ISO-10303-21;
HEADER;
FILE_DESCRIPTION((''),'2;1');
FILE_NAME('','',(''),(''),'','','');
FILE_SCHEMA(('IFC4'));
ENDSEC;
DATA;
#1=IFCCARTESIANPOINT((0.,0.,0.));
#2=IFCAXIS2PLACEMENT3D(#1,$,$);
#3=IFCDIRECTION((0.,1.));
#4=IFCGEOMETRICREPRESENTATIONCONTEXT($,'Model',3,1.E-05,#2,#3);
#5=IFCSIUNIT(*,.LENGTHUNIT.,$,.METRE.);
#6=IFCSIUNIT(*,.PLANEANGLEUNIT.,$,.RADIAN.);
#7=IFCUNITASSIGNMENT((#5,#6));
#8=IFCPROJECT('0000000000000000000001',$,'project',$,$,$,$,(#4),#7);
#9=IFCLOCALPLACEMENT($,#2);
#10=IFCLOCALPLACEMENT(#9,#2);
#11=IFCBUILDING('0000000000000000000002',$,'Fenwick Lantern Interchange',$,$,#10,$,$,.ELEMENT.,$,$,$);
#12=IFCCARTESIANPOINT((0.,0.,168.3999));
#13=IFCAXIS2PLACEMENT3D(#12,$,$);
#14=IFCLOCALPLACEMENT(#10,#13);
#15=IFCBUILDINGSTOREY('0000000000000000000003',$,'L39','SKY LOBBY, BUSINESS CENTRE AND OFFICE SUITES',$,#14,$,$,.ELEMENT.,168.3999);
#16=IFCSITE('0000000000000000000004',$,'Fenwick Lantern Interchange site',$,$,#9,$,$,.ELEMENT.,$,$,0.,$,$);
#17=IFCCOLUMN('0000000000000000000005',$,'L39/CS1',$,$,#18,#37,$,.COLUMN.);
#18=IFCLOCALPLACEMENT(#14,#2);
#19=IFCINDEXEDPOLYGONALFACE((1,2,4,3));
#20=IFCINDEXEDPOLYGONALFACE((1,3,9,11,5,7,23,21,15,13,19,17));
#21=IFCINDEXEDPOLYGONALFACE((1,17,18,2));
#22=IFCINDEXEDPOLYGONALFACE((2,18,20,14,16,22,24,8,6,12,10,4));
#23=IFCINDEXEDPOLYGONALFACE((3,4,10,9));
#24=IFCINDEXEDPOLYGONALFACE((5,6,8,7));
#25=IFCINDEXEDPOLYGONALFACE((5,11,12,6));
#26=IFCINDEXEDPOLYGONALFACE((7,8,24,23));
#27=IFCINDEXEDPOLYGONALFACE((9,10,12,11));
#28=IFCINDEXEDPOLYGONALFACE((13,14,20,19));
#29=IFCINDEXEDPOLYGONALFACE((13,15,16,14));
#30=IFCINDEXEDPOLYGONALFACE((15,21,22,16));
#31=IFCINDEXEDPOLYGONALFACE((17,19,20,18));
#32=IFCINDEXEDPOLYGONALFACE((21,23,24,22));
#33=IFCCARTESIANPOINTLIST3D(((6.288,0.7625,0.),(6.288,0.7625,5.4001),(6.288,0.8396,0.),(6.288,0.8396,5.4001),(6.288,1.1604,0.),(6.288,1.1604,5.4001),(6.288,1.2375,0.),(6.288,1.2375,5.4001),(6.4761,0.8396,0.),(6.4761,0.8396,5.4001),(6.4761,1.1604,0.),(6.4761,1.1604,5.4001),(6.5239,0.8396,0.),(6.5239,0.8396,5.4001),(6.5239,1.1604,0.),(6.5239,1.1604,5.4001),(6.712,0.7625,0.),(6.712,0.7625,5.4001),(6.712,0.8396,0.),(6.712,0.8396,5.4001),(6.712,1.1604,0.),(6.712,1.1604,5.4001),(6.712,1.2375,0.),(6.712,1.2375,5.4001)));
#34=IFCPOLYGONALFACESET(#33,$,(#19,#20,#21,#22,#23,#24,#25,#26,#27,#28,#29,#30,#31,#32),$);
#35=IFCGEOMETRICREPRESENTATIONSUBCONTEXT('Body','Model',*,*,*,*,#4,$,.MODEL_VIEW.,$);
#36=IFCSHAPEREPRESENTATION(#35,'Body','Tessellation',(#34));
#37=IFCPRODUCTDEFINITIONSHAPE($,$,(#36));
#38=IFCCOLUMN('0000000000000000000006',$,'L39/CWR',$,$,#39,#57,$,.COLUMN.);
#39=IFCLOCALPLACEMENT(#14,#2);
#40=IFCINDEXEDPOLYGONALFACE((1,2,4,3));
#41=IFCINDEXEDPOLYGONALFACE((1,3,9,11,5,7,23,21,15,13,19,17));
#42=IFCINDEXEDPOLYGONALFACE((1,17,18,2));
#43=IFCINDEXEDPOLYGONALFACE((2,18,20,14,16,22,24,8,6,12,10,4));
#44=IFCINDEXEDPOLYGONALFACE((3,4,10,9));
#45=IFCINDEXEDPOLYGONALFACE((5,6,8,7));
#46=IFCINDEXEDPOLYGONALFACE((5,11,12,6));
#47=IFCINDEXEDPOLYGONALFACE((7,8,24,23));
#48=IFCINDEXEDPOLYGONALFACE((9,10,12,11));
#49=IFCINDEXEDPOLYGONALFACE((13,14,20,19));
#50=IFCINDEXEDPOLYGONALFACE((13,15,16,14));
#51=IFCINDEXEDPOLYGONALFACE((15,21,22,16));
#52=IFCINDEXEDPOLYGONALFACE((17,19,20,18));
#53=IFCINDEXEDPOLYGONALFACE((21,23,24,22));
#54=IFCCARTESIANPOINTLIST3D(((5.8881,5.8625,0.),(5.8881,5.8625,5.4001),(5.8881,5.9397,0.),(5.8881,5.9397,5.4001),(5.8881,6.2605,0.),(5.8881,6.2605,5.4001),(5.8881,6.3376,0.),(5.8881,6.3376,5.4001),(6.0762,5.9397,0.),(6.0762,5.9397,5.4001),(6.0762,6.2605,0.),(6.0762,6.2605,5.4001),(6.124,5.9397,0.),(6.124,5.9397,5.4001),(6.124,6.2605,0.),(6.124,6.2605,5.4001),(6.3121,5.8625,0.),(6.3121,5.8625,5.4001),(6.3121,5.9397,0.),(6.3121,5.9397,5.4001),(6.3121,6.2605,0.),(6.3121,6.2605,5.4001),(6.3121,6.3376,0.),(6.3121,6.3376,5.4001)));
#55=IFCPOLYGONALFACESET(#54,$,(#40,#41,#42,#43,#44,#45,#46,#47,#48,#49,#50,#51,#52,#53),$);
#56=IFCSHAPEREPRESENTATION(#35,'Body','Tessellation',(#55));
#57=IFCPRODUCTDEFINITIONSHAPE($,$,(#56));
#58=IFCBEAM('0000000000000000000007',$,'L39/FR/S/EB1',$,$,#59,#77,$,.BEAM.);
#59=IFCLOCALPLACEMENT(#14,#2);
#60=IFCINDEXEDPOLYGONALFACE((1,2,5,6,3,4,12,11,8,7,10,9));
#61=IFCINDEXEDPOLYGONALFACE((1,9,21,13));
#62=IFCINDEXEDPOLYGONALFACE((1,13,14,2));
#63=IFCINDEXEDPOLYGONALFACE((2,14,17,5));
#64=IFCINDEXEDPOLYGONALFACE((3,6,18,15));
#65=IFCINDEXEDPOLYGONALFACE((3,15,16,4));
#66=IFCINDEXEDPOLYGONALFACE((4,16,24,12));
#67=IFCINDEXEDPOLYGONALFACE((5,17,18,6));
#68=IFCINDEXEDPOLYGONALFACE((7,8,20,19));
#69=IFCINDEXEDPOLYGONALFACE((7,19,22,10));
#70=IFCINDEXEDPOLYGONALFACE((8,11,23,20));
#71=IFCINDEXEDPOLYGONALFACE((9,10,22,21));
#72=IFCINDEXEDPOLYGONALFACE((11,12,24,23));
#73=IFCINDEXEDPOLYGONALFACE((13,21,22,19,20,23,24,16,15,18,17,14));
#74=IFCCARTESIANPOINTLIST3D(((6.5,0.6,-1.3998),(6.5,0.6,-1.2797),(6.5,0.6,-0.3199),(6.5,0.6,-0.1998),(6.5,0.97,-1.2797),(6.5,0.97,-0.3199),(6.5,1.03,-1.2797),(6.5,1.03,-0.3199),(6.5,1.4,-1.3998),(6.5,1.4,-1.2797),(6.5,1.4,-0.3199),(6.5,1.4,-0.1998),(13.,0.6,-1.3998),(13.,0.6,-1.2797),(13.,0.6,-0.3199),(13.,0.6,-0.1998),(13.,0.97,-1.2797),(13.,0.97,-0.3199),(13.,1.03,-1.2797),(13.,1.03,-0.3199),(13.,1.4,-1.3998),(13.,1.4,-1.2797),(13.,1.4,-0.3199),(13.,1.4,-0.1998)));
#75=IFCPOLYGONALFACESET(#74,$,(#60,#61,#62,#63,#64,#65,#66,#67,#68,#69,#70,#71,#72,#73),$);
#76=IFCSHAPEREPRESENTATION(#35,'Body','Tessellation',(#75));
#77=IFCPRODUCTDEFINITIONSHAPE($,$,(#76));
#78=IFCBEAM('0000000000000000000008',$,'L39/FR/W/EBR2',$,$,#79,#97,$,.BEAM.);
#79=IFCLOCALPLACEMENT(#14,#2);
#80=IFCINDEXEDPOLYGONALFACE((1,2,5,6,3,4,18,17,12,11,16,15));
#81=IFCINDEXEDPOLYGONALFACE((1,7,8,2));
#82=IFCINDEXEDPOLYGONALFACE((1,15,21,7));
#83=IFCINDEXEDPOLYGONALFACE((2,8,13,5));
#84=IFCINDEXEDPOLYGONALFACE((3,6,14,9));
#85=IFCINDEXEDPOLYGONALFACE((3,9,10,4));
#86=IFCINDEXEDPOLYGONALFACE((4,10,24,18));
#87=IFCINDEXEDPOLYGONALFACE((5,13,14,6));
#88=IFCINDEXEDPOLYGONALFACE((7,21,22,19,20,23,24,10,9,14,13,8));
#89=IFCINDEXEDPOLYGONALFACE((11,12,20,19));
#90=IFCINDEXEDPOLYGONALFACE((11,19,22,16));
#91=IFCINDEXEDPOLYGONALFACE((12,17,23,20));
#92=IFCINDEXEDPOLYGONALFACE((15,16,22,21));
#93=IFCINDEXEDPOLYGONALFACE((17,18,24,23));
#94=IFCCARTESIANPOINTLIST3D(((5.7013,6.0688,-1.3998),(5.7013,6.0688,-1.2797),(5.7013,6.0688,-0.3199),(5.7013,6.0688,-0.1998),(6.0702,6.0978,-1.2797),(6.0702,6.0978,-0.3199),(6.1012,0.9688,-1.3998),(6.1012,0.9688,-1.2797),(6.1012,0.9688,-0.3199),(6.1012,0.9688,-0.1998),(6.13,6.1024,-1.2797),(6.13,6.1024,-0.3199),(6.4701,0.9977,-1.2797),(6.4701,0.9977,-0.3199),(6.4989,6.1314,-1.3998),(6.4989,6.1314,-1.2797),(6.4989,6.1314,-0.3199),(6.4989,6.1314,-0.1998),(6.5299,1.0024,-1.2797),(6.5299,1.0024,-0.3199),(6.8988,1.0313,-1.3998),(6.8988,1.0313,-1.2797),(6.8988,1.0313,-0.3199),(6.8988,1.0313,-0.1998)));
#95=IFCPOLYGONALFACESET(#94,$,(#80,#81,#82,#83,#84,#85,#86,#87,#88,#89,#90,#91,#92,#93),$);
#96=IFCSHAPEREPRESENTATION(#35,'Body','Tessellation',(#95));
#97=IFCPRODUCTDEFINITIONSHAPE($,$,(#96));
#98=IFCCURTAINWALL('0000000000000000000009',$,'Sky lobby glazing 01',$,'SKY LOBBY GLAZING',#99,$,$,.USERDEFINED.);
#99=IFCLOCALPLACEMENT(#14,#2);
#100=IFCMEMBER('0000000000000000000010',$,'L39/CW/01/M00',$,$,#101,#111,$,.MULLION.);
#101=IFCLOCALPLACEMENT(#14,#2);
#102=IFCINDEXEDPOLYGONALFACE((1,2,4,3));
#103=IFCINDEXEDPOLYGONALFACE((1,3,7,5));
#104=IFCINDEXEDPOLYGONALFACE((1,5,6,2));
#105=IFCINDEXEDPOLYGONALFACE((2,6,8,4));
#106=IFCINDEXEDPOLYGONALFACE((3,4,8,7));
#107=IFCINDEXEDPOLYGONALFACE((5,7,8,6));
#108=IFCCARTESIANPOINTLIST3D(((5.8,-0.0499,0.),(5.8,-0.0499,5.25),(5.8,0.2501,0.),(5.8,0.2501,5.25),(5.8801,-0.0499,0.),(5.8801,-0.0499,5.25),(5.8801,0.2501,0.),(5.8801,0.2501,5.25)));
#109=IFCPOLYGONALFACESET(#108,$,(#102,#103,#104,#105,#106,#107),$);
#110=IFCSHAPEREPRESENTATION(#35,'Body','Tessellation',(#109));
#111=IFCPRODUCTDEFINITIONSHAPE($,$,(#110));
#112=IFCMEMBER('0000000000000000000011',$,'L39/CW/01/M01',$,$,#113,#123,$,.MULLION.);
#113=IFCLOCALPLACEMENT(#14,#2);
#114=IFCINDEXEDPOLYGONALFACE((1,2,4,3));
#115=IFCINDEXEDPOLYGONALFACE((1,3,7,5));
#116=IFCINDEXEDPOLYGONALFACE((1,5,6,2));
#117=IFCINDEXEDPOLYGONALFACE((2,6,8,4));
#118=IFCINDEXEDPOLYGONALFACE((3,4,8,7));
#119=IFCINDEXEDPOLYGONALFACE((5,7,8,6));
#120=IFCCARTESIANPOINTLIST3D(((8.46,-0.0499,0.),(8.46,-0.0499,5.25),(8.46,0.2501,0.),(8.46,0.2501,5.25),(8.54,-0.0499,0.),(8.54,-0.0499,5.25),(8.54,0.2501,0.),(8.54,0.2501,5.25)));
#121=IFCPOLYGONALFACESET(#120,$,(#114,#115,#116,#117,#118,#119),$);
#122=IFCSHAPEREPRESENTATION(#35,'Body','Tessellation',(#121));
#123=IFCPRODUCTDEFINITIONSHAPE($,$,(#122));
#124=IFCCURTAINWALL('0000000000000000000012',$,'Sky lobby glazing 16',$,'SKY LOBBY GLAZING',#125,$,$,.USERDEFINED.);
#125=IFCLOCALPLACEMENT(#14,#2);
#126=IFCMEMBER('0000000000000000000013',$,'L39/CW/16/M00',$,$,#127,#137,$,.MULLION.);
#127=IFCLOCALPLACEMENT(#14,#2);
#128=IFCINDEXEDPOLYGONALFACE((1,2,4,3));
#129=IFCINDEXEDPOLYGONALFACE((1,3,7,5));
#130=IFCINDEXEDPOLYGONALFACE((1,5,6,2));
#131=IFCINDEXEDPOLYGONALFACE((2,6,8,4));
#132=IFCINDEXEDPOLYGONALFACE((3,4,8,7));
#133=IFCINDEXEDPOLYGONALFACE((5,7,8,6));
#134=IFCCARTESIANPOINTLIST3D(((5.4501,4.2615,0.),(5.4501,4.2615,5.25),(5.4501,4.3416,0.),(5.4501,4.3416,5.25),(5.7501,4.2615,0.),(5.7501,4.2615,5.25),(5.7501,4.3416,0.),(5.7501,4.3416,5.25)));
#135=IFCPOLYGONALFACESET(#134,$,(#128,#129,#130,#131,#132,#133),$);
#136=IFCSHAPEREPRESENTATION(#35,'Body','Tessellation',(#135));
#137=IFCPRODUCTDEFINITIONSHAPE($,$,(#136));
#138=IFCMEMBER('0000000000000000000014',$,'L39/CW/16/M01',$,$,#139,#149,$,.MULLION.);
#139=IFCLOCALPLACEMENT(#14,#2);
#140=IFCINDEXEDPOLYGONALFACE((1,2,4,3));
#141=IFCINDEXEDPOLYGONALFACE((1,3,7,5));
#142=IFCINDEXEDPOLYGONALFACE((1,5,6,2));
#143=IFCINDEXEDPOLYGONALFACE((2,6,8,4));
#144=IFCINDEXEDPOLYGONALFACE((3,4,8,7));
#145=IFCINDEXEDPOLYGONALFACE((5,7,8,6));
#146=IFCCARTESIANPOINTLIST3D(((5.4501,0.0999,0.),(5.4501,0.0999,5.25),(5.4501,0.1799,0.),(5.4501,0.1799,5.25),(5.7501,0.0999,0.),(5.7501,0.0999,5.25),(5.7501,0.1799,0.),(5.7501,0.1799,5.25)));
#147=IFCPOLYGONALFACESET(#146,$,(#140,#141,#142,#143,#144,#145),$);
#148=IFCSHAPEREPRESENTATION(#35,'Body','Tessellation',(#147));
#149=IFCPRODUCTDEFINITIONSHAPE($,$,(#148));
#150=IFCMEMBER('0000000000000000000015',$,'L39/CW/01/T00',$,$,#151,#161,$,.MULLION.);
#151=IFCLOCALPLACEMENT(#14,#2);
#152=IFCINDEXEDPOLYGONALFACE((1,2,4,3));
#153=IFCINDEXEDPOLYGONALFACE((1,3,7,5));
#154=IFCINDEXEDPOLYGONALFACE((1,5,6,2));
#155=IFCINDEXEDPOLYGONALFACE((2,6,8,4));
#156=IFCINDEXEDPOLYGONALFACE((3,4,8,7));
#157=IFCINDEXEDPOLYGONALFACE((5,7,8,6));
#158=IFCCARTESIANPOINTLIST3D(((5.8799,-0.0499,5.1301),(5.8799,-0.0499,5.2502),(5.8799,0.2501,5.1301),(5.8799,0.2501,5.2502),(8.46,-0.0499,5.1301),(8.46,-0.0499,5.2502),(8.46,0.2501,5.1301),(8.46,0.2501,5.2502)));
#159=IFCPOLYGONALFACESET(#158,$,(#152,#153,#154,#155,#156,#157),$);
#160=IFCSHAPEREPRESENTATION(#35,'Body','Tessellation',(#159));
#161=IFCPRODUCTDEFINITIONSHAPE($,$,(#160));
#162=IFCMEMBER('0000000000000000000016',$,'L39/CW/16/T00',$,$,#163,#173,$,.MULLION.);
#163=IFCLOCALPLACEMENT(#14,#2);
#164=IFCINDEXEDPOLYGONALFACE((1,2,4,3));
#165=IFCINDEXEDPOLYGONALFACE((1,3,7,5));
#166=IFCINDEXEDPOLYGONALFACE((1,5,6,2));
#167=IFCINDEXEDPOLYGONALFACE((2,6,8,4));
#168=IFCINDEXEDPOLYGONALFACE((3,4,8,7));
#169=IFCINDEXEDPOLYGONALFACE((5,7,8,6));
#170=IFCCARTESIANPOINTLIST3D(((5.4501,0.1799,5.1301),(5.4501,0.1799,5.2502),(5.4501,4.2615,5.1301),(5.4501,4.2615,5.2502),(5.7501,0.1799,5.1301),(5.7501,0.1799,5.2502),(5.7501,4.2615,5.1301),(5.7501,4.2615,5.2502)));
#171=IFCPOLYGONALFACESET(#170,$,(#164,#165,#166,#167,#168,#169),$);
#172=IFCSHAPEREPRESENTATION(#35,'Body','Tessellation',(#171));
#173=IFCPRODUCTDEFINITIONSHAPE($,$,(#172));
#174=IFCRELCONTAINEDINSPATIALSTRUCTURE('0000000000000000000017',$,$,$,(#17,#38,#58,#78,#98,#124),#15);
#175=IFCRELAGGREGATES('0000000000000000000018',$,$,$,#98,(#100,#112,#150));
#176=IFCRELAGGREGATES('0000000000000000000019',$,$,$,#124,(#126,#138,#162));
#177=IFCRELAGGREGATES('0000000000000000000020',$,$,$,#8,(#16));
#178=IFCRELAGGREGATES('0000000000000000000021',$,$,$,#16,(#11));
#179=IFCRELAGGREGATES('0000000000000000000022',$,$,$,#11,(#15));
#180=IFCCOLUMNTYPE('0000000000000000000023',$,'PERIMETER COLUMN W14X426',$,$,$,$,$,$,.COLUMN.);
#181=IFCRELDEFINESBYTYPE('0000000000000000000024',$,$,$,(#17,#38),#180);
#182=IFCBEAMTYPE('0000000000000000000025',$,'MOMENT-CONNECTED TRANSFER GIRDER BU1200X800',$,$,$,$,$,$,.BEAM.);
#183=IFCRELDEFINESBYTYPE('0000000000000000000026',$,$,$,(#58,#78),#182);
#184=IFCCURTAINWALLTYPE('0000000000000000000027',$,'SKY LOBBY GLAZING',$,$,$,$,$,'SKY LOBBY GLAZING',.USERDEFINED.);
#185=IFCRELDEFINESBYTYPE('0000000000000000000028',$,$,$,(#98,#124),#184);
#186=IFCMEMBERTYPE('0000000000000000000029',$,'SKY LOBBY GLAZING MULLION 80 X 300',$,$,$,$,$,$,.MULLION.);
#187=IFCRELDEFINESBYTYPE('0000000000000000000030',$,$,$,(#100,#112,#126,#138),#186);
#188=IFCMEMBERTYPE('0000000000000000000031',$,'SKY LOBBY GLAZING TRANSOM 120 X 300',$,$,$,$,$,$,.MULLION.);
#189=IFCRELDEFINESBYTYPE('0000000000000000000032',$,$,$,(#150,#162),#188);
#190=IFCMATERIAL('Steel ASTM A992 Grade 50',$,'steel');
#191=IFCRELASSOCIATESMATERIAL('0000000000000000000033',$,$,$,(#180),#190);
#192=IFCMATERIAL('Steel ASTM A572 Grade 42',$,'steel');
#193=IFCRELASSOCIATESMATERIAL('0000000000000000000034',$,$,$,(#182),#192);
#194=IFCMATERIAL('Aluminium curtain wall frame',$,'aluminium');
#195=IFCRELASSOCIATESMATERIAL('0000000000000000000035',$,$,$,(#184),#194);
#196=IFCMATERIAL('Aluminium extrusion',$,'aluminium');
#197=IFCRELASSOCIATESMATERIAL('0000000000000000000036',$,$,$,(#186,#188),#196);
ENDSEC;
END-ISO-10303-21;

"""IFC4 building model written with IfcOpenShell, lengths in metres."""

from ifc_helpers import new_model, si_unit, direction, frame, origin, origin_2d, place, context, subcontext, project, spatial, rectangle, i_section, extrude, material, material_profile, profile_set, type_object, element, aggregate, save


model = new_model("IFC4")

# Units and contexts
model_context = context("Model", 3, precision=1e-05, world=origin(), true_north=direction((0.0, 1.0)))
body_context = subcontext(model_context, "Body", "Model", "MODEL_VIEW")
ifc_project = project(units=[si_unit("LENGTHUNIT", "METRE"), si_unit("PLANEANGLEUNIT", "RADIAN")], contexts=[model_context])

# Site, building, storey
site_placement = place(None, origin())
site = spatial("IfcSite", under=ifc_project, at=site_placement, Name="Fenwick Lantern Interchange site", CompositionType="ELEMENT", RefElevation=0.0)
building_placement = place(site_placement, origin())
building = spatial("IfcBuilding", under=site, at=building_placement, Name="Fenwick Lantern Interchange", CompositionType="ELEMENT")
storey_placement = place(building_placement, frame((0.0, 0.0, 168.3999)))
storey = spatial("IfcBuildingStorey", under=building, at=storey_placement, Name="L39", Description="SKY LOBBY, BUSINESS CENTRE AND OFFICE SUITES", CompositionType="ELEMENT", Elevation=168.3999)

# Columns
ifc_material_1 = material(Name="Steel ASTM A992 Grade 50", Category="steel")
ifc_material_profile_1 = material_profile(ifc_material_1, i_section(OverallWidth=0.4241, OverallDepth=0.4751, WebThickness=0.0479, FlangeThickness=0.0771, at=origin_2d()), Name="W14X426")
ifc_profile_set_1 = profile_set([ifc_material_profile_1], Name="Steel ASTM A992 Grade 50")
column_type = type_object("IfcColumnType", Name="PERIMETER COLUMN W14X426", PredefinedType="COLUMN", material=ifc_profile_set_1)
for number, where, z_axis, x_axis, name in (
    (1, (6.5, 1.0, 0.0), (0.0, 0.0, 1.0), (1.0, 0.0, 0.0), "L39/CS1"),
    (2, (6.1001, 6.1001, 0.0), (0.0, 0.0, 1.0), (1.0, 0.0, 0.0), "L39/CWR"),
):
    element("IfcColumn", number, at=place(storey_placement, frame(where, z_axis=z_axis, x_axis=x_axis)), inside=storey, type_object=column_type, Name=name, PredefinedType="COLUMN", context=body_context, shape_type="SweptSolid", body=[
        extrude(i_section(OverallWidth=0.4241, OverallDepth=0.4751, WebThickness=0.0479, FlangeThickness=0.0771, at=origin_2d()), origin(), (0.0, 0.0, 1.0), 5.4001),
    ])

# Beams
ifc_material_2 = material(Name="Steel ASTM A572 Grade 42", Category="steel")
ifc_material_profile_2 = material_profile(ifc_material_2, i_section(OverallWidth=0.8, OverallDepth=1.2, WebThickness=0.0601, FlangeThickness=0.1201, at=origin_2d()), Name="BU1200X800")
ifc_profile_set_2 = profile_set([ifc_material_profile_2], Name="Steel ASTM A572 Grade 42")
beam_type = type_object("IfcBeamType", Name="MOMENT-CONNECTED TRANSFER GIRDER BU1200X800", PredefinedType="BEAM", material=ifc_profile_set_2)
beam_1_placement = place(storey_placement, frame((6.5, 1.0, -0.7998), z_axis=(1.0, 0.0, 0.0), x_axis=(0.0, 1.0, 0.0)))
element("IfcBeam", 3, at=beam_1_placement, inside=storey, type_object=beam_type, Name="L39/FR/S/EB1", PredefinedType="BEAM", context=body_context, shape_type="SweptSolid", body=[
    extrude(i_section(OverallWidth=0.8, OverallDepth=1.2, WebThickness=0.0601, FlangeThickness=0.1201, at=origin_2d()), origin(), (0.0, 0.0, 1.0), 6.5),
])
beam_2_placement = place(storey_placement, frame((6.1001, 6.1001, -0.7998), z_axis=(0.078171, -0.99694, 0.0), x_axis=(0.99694, 0.078171, 0.0)))
element("IfcBeam", 4, at=beam_2_placement, inside=storey, type_object=beam_type, Name="L39/FR/W/EBR2", PredefinedType="BEAM", context=body_context, shape_type="SweptSolid", body=[
    extrude(i_section(OverallWidth=0.8, OverallDepth=1.2, WebThickness=0.0601, FlangeThickness=0.1201, at=origin_2d()), origin(), (0.0, 0.0, 1.0), 5.1157),
])

# Curtain walls, members
ifc_material_3 = material(Name="Aluminium curtain wall frame", Category="aluminium")
curtain_wall_type = type_object("IfcCurtainWallType", Name="SKY LOBBY GLAZING", ElementType="SKY LOBBY GLAZING", PredefinedType="USERDEFINED", material=ifc_material_3)
curtain_wall_1_placement = place(storey_placement, origin())
curtain_wall_1 = element("IfcCurtainWall", 5, at=curtain_wall_1_placement, inside=storey, type_object=curtain_wall_type, Name="Sky lobby glazing 01", ObjectType="SKY LOBBY GLAZING", PredefinedType="USERDEFINED")
ifc_material_4 = material(Name="Aluminium extrusion", Category="aluminium")
ifc_material_profile_3 = material_profile(ifc_material_4, rectangle(XDim=0.3, YDim=0.0801, at=origin_2d()), Name="SKY LOBBY GLAZING MULLION 80 X 300")
ifc_profile_set_3 = profile_set([ifc_material_profile_3], Name="Aluminium extrusion")
member_type_1 = type_object("IfcMemberType", Name="SKY LOBBY GLAZING MULLION 80 X 300", PredefinedType="MULLION", material=ifc_profile_set_3)
member_1_placement = place(storey_placement, frame((5.8401, 0.1001, 0.0), z_axis=(0.0, 0.0, 1.0), x_axis=(0.0, 1.0, 0.0)))
member_1 = element("IfcMember", 6, at=member_1_placement, type_object=member_type_1, Name="L39/CW/01/M00", PredefinedType="MULLION", context=body_context, shape_type="SweptSolid", body=[
    extrude(rectangle(XDim=0.3, YDim=0.0801, at=origin_2d()), origin(), (0.0, 0.0, 1.0), 5.25),
])
member_2_placement = place(storey_placement, frame((8.5, 0.1001, 0.0), z_axis=(0.0, 0.0, 1.0), x_axis=(0.0, 1.0, 0.0)))
member_2 = element("IfcMember", 7, at=member_2_placement, type_object=member_type_1, Name="L39/CW/01/M01", PredefinedType="MULLION", context=body_context, shape_type="SweptSolid", body=[
    extrude(rectangle(XDim=0.3, YDim=0.0801, at=origin_2d()), origin(), (0.0, 0.0, 1.0), 5.25),
])
curtain_wall_2_placement = place(storey_placement, origin())
curtain_wall_2 = element("IfcCurtainWall", 8, at=curtain_wall_2_placement, inside=storey, type_object=curtain_wall_type, Name="Sky lobby glazing 16", ObjectType="SKY LOBBY GLAZING", PredefinedType="USERDEFINED")
member_3_placement = place(storey_placement, frame((5.6001, 4.3015, 0.0), z_axis=(0.0, 0.0, 1.0), x_axis=(1.0, 0.0, 0.0)))
member_3 = element("IfcMember", 9, at=member_3_placement, type_object=member_type_1, Name="L39/CW/16/M00", PredefinedType="MULLION", context=body_context, shape_type="SweptSolid", body=[
    extrude(rectangle(XDim=0.3, YDim=0.0801, at=origin_2d()), origin(), (0.0, 0.0, 1.0), 5.25),
])
member_4_placement = place(storey_placement, frame((5.6001, 0.1399, 0.0), z_axis=(0.0, 0.0, 1.0), x_axis=(1.0, 0.0, 0.0)))
member_4 = element("IfcMember", 10, at=member_4_placement, type_object=member_type_1, Name="L39/CW/16/M01", PredefinedType="MULLION", context=body_context, shape_type="SweptSolid", body=[
    extrude(rectangle(XDim=0.3, YDim=0.0801, at=origin_2d()), origin(), (0.0, 0.0, 1.0), 5.25),
])

# Members
ifc_material_profile_4 = material_profile(ifc_material_4, rectangle(XDim=0.3, YDim=0.1201, at=origin_2d()), Name="SKY LOBBY GLAZING TRANSOM 120 X 300")
ifc_profile_set_4 = profile_set([ifc_material_profile_4], Name="Aluminium extrusion")
member_type_2 = type_object("IfcMemberType", Name="SKY LOBBY GLAZING TRANSOM 120 X 300", PredefinedType="MULLION", material=ifc_profile_set_4)
member_5_placement = place(storey_placement, frame((5.8799, 0.1001, 5.1902), z_axis=(1.0, 0.0, 0.0), x_axis=(0.0, 1.0, 0.0)))
member_5 = element("IfcMember", 11, at=member_5_placement, type_object=member_type_2, Name="L39/CW/01/T00", PredefinedType="MULLION", context=body_context, shape_type="SweptSolid", body=[
    extrude(rectangle(XDim=0.3, YDim=0.1201, at=origin_2d()), origin(), (0.0, 0.0, 1.0), 2.5801),
])
member_6_placement = place(storey_placement, frame((5.6001, 4.2615, 5.1902), z_axis=(0.0, -1.0, 0.0), x_axis=(1.0, 0.0, 0.0)))
member_6 = element("IfcMember", 12, at=member_6_placement, type_object=member_type_2, Name="L39/CW/16/T00", PredefinedType="MULLION", context=body_context, shape_type="SweptSolid", body=[
    extrude(rectangle(XDim=0.3, YDim=0.1201, at=origin_2d()), origin(), (0.0, 0.0, 1.0), 4.0815),
])

aggregate(curtain_wall_1, [member_1, member_2, member_5])
aggregate(curtain_wall_2, [member_3, member_4, member_6])

save(model, "model.ifc")
